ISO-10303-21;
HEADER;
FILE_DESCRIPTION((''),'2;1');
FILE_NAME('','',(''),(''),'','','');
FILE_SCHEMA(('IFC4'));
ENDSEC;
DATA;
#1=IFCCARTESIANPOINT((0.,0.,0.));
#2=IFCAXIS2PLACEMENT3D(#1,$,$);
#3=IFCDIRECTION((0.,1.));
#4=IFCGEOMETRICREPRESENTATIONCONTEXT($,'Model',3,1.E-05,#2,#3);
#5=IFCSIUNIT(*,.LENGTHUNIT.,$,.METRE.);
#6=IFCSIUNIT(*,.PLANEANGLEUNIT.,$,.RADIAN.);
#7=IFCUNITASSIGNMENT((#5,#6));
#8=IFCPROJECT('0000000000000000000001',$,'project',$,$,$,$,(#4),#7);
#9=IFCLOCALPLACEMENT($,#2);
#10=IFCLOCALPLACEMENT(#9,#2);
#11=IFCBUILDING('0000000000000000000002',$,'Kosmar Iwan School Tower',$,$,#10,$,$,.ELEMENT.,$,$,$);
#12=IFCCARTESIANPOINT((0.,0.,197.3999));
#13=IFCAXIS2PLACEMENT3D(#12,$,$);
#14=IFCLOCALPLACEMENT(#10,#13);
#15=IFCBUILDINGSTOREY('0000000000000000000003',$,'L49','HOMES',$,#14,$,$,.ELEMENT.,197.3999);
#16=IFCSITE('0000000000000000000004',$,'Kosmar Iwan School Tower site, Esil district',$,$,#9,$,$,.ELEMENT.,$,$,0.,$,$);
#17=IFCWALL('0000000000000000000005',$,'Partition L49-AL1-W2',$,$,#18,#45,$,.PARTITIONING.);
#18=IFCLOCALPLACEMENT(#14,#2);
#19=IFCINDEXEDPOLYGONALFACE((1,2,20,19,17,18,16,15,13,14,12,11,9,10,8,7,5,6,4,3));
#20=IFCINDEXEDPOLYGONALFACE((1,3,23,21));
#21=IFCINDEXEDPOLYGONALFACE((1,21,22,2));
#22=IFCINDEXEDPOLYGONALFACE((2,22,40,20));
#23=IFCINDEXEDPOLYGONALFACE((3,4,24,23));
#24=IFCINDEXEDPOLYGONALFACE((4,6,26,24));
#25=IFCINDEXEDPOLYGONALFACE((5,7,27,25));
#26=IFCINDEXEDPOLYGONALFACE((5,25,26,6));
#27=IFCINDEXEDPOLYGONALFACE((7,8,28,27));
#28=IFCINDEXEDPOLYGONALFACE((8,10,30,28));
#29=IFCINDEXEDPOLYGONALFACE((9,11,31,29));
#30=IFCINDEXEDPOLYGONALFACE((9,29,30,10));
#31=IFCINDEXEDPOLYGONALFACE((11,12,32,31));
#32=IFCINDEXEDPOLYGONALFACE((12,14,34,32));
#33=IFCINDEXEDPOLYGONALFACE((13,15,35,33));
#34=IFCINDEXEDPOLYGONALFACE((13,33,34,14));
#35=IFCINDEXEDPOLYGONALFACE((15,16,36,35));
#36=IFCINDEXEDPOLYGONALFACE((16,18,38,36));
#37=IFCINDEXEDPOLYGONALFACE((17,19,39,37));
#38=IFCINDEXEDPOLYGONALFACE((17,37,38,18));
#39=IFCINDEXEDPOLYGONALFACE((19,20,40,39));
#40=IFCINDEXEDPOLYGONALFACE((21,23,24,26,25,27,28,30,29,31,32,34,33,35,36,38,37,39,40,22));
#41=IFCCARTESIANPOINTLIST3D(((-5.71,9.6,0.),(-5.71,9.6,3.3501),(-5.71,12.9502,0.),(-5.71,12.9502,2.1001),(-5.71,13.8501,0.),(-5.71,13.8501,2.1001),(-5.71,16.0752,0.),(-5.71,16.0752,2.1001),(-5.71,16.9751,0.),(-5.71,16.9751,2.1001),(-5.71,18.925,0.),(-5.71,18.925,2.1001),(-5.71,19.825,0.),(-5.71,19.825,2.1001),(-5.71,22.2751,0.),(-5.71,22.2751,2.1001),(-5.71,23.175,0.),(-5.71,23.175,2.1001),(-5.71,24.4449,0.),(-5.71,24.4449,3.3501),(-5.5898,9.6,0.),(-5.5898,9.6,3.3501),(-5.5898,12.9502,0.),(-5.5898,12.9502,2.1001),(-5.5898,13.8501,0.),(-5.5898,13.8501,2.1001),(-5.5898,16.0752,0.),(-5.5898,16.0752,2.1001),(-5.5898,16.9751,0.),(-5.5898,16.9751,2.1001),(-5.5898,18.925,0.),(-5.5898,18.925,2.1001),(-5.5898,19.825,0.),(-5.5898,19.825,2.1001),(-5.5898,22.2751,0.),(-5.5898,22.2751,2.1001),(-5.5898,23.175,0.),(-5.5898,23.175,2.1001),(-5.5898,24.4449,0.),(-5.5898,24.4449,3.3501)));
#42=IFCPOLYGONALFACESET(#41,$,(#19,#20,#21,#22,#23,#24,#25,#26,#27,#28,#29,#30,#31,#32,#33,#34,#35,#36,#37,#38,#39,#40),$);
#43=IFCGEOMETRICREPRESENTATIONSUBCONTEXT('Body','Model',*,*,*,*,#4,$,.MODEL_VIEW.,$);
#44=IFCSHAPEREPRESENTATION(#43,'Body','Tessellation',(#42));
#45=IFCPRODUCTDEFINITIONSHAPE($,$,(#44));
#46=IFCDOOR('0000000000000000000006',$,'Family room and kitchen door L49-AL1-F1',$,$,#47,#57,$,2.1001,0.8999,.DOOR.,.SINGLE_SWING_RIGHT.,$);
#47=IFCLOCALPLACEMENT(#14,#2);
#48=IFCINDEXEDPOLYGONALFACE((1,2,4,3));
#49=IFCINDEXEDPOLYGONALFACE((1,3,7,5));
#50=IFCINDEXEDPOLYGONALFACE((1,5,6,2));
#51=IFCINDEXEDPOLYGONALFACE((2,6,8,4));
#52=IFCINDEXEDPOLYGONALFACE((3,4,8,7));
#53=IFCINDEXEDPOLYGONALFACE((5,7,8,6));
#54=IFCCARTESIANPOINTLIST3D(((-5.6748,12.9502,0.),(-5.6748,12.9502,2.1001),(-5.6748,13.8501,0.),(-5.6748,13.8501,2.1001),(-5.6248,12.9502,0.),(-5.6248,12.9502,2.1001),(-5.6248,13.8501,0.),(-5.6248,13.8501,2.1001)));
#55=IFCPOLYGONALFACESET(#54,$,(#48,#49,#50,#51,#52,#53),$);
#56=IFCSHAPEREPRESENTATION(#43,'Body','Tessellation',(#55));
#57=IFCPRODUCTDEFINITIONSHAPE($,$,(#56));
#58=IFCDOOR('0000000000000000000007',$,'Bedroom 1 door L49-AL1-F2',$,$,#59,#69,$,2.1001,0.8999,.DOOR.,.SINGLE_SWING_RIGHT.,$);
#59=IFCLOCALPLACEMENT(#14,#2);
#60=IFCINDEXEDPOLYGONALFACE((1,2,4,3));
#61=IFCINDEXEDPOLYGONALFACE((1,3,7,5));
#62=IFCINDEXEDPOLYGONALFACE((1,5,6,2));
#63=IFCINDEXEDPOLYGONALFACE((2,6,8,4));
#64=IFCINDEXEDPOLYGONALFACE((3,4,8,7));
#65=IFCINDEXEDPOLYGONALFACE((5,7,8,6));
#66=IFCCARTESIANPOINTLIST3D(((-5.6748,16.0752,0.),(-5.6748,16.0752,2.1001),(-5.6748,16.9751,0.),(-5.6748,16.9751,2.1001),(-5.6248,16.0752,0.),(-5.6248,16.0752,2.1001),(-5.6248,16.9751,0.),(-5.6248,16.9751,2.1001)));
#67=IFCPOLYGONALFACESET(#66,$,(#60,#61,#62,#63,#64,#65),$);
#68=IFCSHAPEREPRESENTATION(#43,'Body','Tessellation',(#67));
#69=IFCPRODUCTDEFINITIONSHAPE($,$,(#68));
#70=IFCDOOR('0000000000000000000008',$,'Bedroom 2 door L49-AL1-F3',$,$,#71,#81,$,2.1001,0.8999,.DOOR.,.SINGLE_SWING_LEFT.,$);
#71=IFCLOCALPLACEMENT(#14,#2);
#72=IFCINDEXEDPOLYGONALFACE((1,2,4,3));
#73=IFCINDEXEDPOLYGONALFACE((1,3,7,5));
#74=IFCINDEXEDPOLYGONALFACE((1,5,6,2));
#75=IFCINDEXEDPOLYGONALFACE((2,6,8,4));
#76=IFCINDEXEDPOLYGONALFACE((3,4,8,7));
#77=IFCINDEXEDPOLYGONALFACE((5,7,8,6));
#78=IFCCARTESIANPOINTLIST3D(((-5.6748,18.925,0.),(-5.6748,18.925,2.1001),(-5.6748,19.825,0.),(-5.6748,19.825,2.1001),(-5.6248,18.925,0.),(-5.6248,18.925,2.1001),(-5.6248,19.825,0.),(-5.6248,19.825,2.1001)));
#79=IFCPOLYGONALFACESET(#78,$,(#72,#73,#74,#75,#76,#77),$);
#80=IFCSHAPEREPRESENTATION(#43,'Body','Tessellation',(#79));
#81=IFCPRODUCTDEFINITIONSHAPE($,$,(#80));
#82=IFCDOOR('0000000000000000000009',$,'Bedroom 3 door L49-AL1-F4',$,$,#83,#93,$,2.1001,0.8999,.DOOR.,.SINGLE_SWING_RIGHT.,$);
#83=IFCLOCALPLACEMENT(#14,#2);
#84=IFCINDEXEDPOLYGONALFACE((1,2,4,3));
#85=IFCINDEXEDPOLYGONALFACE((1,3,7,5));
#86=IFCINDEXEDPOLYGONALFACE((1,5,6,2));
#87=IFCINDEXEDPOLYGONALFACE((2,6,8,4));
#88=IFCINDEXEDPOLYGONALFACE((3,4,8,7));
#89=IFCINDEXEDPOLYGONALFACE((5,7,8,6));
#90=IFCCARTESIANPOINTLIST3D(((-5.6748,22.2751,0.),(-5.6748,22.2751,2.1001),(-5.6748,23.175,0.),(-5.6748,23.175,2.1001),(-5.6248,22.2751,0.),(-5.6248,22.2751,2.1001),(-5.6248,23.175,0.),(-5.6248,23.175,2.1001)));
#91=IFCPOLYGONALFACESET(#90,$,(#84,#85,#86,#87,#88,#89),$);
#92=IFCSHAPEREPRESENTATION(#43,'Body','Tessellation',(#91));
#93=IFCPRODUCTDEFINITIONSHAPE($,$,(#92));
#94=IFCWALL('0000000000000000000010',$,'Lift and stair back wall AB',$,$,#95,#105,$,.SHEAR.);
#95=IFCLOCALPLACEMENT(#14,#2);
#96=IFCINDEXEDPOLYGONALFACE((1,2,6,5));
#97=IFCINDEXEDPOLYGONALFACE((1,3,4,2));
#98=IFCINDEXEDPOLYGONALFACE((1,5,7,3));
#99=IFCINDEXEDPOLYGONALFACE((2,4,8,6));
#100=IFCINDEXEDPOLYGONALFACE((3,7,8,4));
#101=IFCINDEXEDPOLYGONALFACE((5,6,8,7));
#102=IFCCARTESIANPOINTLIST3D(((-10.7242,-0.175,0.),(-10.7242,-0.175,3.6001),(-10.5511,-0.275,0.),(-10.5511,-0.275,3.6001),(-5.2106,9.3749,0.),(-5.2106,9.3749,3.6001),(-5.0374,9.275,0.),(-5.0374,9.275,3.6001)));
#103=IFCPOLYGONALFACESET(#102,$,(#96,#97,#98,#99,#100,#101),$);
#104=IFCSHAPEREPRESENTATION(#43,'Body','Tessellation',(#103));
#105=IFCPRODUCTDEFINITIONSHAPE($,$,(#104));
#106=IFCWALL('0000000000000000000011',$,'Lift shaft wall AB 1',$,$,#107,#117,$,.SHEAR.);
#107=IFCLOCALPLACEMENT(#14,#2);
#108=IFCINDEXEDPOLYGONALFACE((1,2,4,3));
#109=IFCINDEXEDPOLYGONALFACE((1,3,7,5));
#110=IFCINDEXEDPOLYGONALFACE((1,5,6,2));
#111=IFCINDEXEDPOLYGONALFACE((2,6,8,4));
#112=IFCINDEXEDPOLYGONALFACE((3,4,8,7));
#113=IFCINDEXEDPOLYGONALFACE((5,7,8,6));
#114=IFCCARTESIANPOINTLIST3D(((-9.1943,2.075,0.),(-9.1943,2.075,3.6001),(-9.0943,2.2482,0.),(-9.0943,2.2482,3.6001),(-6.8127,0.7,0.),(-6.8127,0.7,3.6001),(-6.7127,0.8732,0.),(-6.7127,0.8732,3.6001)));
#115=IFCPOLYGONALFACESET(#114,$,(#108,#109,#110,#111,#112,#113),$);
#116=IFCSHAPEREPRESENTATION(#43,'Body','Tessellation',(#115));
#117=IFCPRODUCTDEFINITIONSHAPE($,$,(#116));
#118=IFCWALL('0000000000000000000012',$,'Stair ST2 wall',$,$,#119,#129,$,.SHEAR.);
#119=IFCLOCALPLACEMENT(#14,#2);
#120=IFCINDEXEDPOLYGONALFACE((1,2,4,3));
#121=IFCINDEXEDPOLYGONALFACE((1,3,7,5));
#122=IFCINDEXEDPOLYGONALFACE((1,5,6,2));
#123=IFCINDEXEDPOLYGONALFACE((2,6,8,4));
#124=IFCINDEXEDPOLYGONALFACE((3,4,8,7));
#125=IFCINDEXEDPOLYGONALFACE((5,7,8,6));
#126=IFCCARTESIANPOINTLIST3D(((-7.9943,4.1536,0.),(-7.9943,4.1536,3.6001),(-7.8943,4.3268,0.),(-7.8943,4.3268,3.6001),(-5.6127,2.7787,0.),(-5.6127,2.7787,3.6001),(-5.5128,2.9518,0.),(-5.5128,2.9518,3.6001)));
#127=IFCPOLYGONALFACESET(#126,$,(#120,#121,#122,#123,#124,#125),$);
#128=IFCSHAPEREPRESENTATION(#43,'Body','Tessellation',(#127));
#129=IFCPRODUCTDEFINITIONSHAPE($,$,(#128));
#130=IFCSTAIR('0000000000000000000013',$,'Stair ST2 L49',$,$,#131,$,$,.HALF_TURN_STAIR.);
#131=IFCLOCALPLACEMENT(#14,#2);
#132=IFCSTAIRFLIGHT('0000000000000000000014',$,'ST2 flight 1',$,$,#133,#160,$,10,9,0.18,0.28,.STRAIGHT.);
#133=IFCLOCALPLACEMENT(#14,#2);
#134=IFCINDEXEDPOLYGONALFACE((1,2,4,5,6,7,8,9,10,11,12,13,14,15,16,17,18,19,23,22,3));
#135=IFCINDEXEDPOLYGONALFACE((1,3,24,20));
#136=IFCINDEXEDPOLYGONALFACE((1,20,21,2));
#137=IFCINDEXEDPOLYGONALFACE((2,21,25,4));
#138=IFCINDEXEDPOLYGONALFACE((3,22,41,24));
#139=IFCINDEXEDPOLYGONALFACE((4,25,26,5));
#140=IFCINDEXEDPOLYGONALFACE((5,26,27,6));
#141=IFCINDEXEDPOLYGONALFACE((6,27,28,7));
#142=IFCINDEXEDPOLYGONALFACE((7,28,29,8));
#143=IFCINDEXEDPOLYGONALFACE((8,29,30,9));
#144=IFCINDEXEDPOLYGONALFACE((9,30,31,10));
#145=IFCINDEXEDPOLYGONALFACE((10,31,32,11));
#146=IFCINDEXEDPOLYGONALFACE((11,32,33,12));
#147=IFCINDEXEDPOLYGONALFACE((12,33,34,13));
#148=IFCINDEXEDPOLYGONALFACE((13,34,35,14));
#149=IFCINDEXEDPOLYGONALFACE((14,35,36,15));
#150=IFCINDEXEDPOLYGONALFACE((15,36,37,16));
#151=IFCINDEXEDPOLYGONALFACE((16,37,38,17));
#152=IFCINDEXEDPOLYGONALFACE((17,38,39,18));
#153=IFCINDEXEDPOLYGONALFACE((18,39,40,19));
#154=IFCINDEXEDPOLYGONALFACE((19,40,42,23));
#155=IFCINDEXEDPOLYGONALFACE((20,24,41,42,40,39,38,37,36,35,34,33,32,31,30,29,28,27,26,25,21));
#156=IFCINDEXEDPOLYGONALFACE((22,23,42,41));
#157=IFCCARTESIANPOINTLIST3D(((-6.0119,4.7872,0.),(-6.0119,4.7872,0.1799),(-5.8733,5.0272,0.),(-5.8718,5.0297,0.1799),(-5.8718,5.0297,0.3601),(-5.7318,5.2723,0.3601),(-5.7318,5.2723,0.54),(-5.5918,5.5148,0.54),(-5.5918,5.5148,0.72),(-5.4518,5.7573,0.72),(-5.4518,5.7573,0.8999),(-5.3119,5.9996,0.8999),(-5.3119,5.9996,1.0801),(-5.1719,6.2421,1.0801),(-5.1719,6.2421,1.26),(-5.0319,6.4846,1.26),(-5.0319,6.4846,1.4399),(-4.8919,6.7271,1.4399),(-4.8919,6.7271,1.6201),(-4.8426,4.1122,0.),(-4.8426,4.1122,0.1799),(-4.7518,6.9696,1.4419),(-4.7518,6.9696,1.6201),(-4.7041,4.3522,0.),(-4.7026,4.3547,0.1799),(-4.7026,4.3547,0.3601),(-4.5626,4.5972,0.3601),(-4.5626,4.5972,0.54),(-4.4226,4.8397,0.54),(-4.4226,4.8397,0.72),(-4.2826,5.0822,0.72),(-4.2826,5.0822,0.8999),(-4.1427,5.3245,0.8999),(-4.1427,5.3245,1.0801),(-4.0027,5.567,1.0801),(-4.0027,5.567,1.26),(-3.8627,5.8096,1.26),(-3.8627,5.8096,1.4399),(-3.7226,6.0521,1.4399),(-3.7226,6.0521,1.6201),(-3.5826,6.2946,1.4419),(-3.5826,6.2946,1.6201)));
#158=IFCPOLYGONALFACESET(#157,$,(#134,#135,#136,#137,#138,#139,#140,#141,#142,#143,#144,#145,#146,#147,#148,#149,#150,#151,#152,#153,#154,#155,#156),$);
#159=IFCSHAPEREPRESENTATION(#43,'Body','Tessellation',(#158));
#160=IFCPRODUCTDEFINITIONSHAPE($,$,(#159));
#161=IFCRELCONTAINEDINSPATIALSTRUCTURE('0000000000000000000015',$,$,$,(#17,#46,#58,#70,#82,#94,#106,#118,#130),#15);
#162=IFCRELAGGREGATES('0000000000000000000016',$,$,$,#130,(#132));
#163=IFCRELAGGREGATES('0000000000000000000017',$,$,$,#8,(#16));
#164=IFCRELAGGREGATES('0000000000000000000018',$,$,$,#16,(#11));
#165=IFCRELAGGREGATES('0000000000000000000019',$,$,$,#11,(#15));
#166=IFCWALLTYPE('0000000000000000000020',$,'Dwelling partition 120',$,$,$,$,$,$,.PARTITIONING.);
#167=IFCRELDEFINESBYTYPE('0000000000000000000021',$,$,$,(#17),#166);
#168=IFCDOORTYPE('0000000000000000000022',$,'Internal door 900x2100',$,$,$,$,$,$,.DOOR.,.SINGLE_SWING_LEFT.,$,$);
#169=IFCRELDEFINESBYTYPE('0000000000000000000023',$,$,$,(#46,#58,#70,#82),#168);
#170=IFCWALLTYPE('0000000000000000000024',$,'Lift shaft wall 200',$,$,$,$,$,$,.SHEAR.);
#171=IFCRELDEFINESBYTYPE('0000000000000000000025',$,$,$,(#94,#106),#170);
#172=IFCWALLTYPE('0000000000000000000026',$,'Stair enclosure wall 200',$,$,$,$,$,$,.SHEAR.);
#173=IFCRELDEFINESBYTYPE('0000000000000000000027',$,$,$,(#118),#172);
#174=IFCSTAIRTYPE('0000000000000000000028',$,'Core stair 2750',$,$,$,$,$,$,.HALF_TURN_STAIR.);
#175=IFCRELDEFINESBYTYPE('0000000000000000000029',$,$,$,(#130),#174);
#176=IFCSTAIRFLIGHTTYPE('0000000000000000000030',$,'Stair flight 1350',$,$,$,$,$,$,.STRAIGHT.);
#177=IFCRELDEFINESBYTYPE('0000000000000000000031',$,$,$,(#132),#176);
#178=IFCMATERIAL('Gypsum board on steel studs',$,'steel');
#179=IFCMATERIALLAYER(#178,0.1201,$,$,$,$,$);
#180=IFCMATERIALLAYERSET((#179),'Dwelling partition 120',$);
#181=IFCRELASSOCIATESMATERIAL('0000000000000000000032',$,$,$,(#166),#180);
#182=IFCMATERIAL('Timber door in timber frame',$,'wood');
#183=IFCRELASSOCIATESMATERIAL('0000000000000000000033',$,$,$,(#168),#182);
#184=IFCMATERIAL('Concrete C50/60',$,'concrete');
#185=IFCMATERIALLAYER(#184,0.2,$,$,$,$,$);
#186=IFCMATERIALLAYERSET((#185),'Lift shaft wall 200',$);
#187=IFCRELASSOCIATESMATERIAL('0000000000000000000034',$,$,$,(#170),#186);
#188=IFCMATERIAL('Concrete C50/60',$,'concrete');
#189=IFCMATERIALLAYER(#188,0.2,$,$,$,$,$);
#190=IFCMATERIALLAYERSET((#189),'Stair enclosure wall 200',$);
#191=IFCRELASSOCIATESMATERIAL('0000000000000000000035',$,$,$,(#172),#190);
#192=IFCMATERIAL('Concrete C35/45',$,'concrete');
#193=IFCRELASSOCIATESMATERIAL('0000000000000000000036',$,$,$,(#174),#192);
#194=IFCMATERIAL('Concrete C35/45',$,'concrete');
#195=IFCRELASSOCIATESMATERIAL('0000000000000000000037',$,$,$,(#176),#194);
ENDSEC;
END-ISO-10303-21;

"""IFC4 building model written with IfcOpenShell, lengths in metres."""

from ifc_helpers import new_model, si_unit, direction, frame, frame_2d, origin, place, context, subcontext, project, spatial, polyline, rectangle, outline, extrude, material, layer, layer_set, type_object, element, fill, aggregate, save


model = new_model("IFC4")

# Units and contexts
model_context = context("Model", 3, precision=1e-05, world=origin(), true_north=direction((0.0, 1.0)))
body_context = subcontext(model_context, "Body", "Model", "MODEL_VIEW")
ifc_project = project(units=[si_unit("LENGTHUNIT", "METRE"), si_unit("PLANEANGLEUNIT", "RADIAN")], contexts=[model_context])

# Site, building, storey
site_placement = place(None, origin())
site = spatial("IfcSite", under=ifc_project, at=site_placement, Name="Kosmar Iwan School Tower site, Esil district", CompositionType="ELEMENT", RefElevation=0.0)
building_placement = place(site_placement, origin())
building = spatial("IfcBuilding", under=site, at=building_placement, Name="Kosmar Iwan School Tower", CompositionType="ELEMENT")
storey_placement = place(building_placement, frame((0.0, 0.0, 197.3999)))
storey = spatial("IfcBuildingStorey", under=building, at=storey_placement, Name="L49", Description="HOMES", CompositionType="ELEMENT", Elevation=197.3999)

# Wall, openings, doors
ifc_material_1 = material(Name="Gypsum board on steel studs", Category="steel")
ifc_layer_1 = layer(ifc_material_1, 0.1201)
ifc_layer_set_1 = layer_set([ifc_layer_1], Name="Dwelling partition 120")
wall_type_1 = type_object("IfcWallType", Name="Dwelling partition 120", PredefinedType="PARTITIONING", material=ifc_layer_set_1)
ifc_material_2 = material(Name="Timber door in timber frame", Category="wood")
door_type_1 = type_object("IfcDoorType", Name="Internal door 900x2100", OperationType="SINGLE_SWING_LEFT", PredefinedType="DOOR", material=ifc_material_2)
wall_1_placement = place(storey_placement, frame((-5.6499, 9.6001, 0.0), z_axis=(0.0, 0.0, 1.0), x_axis=(0.0, 1.0, 0.0)))
wall_1 = element("IfcWall", 1, at=wall_1_placement, inside=storey, type_object=wall_type_1, Name="Partition L49-AL1-W2", PredefinedType="PARTITIONING", context=body_context, shape_type="SweptSolid", body=[
    extrude(rectangle(XDim=14.845, YDim=0.1201, at=frame_2d((7.4224, 0.0))), origin(), (0.0, 0.0, 1.0), 3.3501),
])
opening_1_placement = place(wall_1_placement, frame((3.3501, 0.0, 0.0)))
opening_1 = element("IfcOpeningElement", 2, at=opening_1_placement, cuts=wall_1, PredefinedType="OPENING", context=body_context, shape_type="SweptSolid", body=[
    extrude(rectangle(XDim=0.8999, YDim=2.1001, at=frame_2d((0.45, 1.05))), frame((0.0, 0.072, 0.0), z_axis=(0.0, -1.0, 0.0), x_axis=(1.0, 0.0, 0.0)), (0.0, 0.0, 1.0), 0.144),
])
opening_2_placement = place(wall_1_placement, frame((6.4751, 0.0, 0.0)))
opening_2 = element("IfcOpeningElement", 3, at=opening_2_placement, cuts=wall_1, PredefinedType="OPENING", context=body_context, shape_type="SweptSolid", body=[
    extrude(rectangle(XDim=0.8999, YDim=2.1001, at=frame_2d((0.45, 1.05))), frame((0.0, 0.072, 0.0), z_axis=(0.0, -1.0, 0.0), x_axis=(1.0, 0.0, 0.0)), (0.0, 0.0, 1.0), 0.144),
])
opening_3_placement = place(wall_1_placement, frame((9.325, 0.0, 0.0)))
opening_3 = element("IfcOpeningElement", 4, at=opening_3_placement, cuts=wall_1, PredefinedType="OPENING", context=body_context, shape_type="SweptSolid", body=[
    extrude(rectangle(XDim=0.8999, YDim=2.1001, at=frame_2d((0.45, 1.05))), frame((0.0, 0.072, 0.0), z_axis=(0.0, -1.0, 0.0), x_axis=(1.0, 0.0, 0.0)), (0.0, 0.0, 1.0), 0.144),
])
opening_4_placement = place(wall_1_placement, frame((12.675, 0.0, 0.0)))
opening_4 = element("IfcOpeningElement", 5, at=opening_4_placement, cuts=wall_1, PredefinedType="OPENING", context=body_context, shape_type="SweptSolid", body=[
    extrude(rectangle(XDim=0.8999, YDim=2.1001, at=frame_2d((0.45, 1.05))), frame((0.0, 0.072, 0.0), z_axis=(0.0, -1.0, 0.0), x_axis=(1.0, 0.0, 0.0)), (0.0, 0.0, 1.0), 0.144),
])
door_1_placement = place(opening_1_placement, origin())
door_1 = element("IfcDoor", 6, at=door_1_placement, inside=storey, type_object=door_type_1, Name="Family room and kitchen door L49-AL1-F1", OperationType="SINGLE_SWING_RIGHT", OverallHeight=2.1001, OverallWidth=0.8999, PredefinedType="DOOR", context=body_context, shape_type="SweptSolid", body=[
    extrude(rectangle(XDim=0.8999, YDim=2.1001, at=frame_2d((0.45, 1.05))), frame((0.0, 0.0249, 0.0), z_axis=(0.0, -1.0, 0.0), x_axis=(1.0, 0.0, 0.0)), (0.0, 0.0, 1.0), 0.05),
])
fill(opening_1, door_1)
door_2_placement = place(opening_2_placement, origin())
door_2 = element("IfcDoor", 7, at=door_2_placement, inside=storey, type_object=door_type_1, Name="Bedroom 1 door L49-AL1-F2", OperationType="SINGLE_SWING_RIGHT", OverallHeight=2.1001, OverallWidth=0.8999, PredefinedType="DOOR", context=body_context, shape_type="SweptSolid", body=[
    extrude(rectangle(XDim=0.8999, YDim=2.1001, at=frame_2d((0.45, 1.05))), frame((0.0, 0.0249, 0.0), z_axis=(0.0, -1.0, 0.0), x_axis=(1.0, 0.0, 0.0)), (0.0, 0.0, 1.0), 0.05),
])
fill(opening_2, door_2)
door_3_placement = place(opening_3_placement, origin())
door_3 = element("IfcDoor", 8, at=door_3_placement, inside=storey, type_object=door_type_1, Name="Bedroom 2 door L49-AL1-F3", OperationType="SINGLE_SWING_LEFT", OverallHeight=2.1001, OverallWidth=0.8999, PredefinedType="DOOR", context=body_context, shape_type="SweptSolid", body=[
    extrude(rectangle(XDim=0.8999, YDim=2.1001, at=frame_2d((0.45, 1.05))), frame((0.0, 0.0249, 0.0), z_axis=(0.0, -1.0, 0.0), x_axis=(1.0, 0.0, 0.0)), (0.0, 0.0, 1.0), 0.05),
])
fill(opening_3, door_3)
door_4_placement = place(opening_4_placement, origin())
door_4 = element("IfcDoor", 9, at=door_4_placement, inside=storey, type_object=door_type_1, Name="Bedroom 3 door L49-AL1-F4", OperationType="SINGLE_SWING_RIGHT", OverallHeight=2.1001, OverallWidth=0.8999, PredefinedType="DOOR", context=body_context, shape_type="SweptSolid", body=[
    extrude(rectangle(XDim=0.8999, YDim=2.1001, at=frame_2d((0.45, 1.05))), frame((0.0, 0.0249, 0.0), z_axis=(0.0, -1.0, 0.0), x_axis=(1.0, 0.0, 0.0)), (0.0, 0.0, 1.0), 0.05),
])
fill(opening_4, door_4)

# Walls
ifc_material_3 = material(Name="Concrete C50/60", Category="concrete")
ifc_layer_2 = layer(ifc_material_3, 0.2)
ifc_layer_set_2 = layer_set([ifc_layer_2], Name="Lift shaft wall 200")
wall_type_2 = type_object("IfcWallType", Name="Lift shaft wall 200", PredefinedType="SHEAR", material=ifc_layer_set_2)
wall_2_placement = place(storey_placement, frame((-5.124, 9.325, 0.0), z_axis=(0.0, 0.0, 1.0), x_axis=(-0.499997, -0.866027, 0.0)))
element("IfcWall", 10, at=wall_2_placement, inside=storey, type_object=wall_type_2, Name="Lift and stair back wall AB", PredefinedType="SHEAR", context=body_context, shape_type="SweptSolid", body=[
    extrude(rectangle(XDim=11.0273, YDim=0.2, at=frame_2d((5.5137, 0.0))), origin(), (0.0, 0.0, 1.0), 3.6001),
])
wall_3_placement = place(storey_placement, frame((-6.7627, 0.7866, 0.0), z_axis=(0.0, 0.0, 1.0), x_axis=(-0.866027, 0.499997, 0.0)))
element("IfcWall", 11, at=wall_3_placement, inside=storey, type_object=wall_type_2, Name="Lift shaft wall AB 1", PredefinedType="SHEAR", context=body_context, shape_type="SweptSolid", body=[
    extrude(rectangle(XDim=2.75, YDim=0.2, at=frame_2d((1.375, 0.0))), origin(), (0.0, 0.0, 1.0), 3.6001),
])
ifc_material_4 = material(Name="Concrete C50/60", Category="concrete")
ifc_layer_3 = layer(ifc_material_4, 0.2)
ifc_layer_set_3 = layer_set([ifc_layer_3], Name="Stair enclosure wall 200")
wall_type_3 = type_object("IfcWallType", Name="Stair enclosure wall 200", PredefinedType="SHEAR", material=ifc_layer_set_3)
wall_4_placement = place(storey_placement, frame((-5.5627, 2.8652, 0.0), z_axis=(0.0, 0.0, 1.0), x_axis=(-0.866027, 0.499997, 0.0)))
element("IfcWall", 12, at=wall_4_placement, inside=storey, type_object=wall_type_3, Name="Stair ST2 wall", PredefinedType="SHEAR", context=body_context, shape_type="SweptSolid", body=[
    extrude(rectangle(XDim=2.75, YDim=0.2, at=frame_2d((1.375, 0.0))), origin(), (0.0, 0.0, 1.0), 3.6001),
])

# Stair, stair flight
ifc_material_5 = material(Name="Concrete C35/45", Category="concrete")
stair_type = type_object("IfcStairType", Name="Core stair 2750", PredefinedType="HALF_TURN_STAIR", material=ifc_material_5)
stair_placement = place(storey_placement, origin())
stair = element("IfcStair", 13, at=stair_placement, inside=storey, type_object=stair_type, Name="Stair ST2 L49", PredefinedType="HALF_TURN_STAIR")
ifc_material_6 = material(Name="Concrete C35/45", Category="concrete")
stair_flight_type = type_object("IfcStairFlightType", Name="Stair flight 1350", PredefinedType="STRAIGHT", material=ifc_material_6)
stair_flight_1_placement = place(storey_placement, frame((-5.4272, 4.4497, 0.0), z_axis=(0.0, 0.0, 1.0), x_axis=(0.5, 0.866025, 0.0)))
stair_flight_1 = element("IfcStairFlight", 14, at=stair_flight_1_placement, type_object=stair_flight_type, Name="ST2 flight 1", NumberOfRisers=10, NumberOfTreads=9, PredefinedType="STRAIGHT", RiserHeight=0.18, TreadLength=0.28, context=body_context, shape_type="SweptSolid", body=[
    extrude(outline(polyline([(0.0, 0.0), (0.0, 0.1799), (0.28, 0.1799), (0.28, 0.3601), (0.5601, 0.3601), (0.5601, 0.54), (0.8401, 0.54), (0.8401, 0.72), (1.1201, 0.72), (1.1201, 0.8999), (1.3999, 0.8999), (1.3999, 1.0801), (1.6799, 1.0801), (1.6799, 1.26), (1.96, 1.26), (1.96, 1.4399), (2.24, 1.4399), (2.24, 1.6201), (2.52, 1.6201), (2.52, 1.8), (2.52, 1.4419), (0.2771, 0.0), (0.0, 0.0)])), frame((0.0, 0.675, 0.0), z_axis=(0.0, -1.0, 0.0), x_axis=(1.0, 0.0, 0.0)), (0.0, 0.0, 1.0), 1.3501),
])
aggregate(stair, [stair_flight_1])

save(model, "model.ifc")
